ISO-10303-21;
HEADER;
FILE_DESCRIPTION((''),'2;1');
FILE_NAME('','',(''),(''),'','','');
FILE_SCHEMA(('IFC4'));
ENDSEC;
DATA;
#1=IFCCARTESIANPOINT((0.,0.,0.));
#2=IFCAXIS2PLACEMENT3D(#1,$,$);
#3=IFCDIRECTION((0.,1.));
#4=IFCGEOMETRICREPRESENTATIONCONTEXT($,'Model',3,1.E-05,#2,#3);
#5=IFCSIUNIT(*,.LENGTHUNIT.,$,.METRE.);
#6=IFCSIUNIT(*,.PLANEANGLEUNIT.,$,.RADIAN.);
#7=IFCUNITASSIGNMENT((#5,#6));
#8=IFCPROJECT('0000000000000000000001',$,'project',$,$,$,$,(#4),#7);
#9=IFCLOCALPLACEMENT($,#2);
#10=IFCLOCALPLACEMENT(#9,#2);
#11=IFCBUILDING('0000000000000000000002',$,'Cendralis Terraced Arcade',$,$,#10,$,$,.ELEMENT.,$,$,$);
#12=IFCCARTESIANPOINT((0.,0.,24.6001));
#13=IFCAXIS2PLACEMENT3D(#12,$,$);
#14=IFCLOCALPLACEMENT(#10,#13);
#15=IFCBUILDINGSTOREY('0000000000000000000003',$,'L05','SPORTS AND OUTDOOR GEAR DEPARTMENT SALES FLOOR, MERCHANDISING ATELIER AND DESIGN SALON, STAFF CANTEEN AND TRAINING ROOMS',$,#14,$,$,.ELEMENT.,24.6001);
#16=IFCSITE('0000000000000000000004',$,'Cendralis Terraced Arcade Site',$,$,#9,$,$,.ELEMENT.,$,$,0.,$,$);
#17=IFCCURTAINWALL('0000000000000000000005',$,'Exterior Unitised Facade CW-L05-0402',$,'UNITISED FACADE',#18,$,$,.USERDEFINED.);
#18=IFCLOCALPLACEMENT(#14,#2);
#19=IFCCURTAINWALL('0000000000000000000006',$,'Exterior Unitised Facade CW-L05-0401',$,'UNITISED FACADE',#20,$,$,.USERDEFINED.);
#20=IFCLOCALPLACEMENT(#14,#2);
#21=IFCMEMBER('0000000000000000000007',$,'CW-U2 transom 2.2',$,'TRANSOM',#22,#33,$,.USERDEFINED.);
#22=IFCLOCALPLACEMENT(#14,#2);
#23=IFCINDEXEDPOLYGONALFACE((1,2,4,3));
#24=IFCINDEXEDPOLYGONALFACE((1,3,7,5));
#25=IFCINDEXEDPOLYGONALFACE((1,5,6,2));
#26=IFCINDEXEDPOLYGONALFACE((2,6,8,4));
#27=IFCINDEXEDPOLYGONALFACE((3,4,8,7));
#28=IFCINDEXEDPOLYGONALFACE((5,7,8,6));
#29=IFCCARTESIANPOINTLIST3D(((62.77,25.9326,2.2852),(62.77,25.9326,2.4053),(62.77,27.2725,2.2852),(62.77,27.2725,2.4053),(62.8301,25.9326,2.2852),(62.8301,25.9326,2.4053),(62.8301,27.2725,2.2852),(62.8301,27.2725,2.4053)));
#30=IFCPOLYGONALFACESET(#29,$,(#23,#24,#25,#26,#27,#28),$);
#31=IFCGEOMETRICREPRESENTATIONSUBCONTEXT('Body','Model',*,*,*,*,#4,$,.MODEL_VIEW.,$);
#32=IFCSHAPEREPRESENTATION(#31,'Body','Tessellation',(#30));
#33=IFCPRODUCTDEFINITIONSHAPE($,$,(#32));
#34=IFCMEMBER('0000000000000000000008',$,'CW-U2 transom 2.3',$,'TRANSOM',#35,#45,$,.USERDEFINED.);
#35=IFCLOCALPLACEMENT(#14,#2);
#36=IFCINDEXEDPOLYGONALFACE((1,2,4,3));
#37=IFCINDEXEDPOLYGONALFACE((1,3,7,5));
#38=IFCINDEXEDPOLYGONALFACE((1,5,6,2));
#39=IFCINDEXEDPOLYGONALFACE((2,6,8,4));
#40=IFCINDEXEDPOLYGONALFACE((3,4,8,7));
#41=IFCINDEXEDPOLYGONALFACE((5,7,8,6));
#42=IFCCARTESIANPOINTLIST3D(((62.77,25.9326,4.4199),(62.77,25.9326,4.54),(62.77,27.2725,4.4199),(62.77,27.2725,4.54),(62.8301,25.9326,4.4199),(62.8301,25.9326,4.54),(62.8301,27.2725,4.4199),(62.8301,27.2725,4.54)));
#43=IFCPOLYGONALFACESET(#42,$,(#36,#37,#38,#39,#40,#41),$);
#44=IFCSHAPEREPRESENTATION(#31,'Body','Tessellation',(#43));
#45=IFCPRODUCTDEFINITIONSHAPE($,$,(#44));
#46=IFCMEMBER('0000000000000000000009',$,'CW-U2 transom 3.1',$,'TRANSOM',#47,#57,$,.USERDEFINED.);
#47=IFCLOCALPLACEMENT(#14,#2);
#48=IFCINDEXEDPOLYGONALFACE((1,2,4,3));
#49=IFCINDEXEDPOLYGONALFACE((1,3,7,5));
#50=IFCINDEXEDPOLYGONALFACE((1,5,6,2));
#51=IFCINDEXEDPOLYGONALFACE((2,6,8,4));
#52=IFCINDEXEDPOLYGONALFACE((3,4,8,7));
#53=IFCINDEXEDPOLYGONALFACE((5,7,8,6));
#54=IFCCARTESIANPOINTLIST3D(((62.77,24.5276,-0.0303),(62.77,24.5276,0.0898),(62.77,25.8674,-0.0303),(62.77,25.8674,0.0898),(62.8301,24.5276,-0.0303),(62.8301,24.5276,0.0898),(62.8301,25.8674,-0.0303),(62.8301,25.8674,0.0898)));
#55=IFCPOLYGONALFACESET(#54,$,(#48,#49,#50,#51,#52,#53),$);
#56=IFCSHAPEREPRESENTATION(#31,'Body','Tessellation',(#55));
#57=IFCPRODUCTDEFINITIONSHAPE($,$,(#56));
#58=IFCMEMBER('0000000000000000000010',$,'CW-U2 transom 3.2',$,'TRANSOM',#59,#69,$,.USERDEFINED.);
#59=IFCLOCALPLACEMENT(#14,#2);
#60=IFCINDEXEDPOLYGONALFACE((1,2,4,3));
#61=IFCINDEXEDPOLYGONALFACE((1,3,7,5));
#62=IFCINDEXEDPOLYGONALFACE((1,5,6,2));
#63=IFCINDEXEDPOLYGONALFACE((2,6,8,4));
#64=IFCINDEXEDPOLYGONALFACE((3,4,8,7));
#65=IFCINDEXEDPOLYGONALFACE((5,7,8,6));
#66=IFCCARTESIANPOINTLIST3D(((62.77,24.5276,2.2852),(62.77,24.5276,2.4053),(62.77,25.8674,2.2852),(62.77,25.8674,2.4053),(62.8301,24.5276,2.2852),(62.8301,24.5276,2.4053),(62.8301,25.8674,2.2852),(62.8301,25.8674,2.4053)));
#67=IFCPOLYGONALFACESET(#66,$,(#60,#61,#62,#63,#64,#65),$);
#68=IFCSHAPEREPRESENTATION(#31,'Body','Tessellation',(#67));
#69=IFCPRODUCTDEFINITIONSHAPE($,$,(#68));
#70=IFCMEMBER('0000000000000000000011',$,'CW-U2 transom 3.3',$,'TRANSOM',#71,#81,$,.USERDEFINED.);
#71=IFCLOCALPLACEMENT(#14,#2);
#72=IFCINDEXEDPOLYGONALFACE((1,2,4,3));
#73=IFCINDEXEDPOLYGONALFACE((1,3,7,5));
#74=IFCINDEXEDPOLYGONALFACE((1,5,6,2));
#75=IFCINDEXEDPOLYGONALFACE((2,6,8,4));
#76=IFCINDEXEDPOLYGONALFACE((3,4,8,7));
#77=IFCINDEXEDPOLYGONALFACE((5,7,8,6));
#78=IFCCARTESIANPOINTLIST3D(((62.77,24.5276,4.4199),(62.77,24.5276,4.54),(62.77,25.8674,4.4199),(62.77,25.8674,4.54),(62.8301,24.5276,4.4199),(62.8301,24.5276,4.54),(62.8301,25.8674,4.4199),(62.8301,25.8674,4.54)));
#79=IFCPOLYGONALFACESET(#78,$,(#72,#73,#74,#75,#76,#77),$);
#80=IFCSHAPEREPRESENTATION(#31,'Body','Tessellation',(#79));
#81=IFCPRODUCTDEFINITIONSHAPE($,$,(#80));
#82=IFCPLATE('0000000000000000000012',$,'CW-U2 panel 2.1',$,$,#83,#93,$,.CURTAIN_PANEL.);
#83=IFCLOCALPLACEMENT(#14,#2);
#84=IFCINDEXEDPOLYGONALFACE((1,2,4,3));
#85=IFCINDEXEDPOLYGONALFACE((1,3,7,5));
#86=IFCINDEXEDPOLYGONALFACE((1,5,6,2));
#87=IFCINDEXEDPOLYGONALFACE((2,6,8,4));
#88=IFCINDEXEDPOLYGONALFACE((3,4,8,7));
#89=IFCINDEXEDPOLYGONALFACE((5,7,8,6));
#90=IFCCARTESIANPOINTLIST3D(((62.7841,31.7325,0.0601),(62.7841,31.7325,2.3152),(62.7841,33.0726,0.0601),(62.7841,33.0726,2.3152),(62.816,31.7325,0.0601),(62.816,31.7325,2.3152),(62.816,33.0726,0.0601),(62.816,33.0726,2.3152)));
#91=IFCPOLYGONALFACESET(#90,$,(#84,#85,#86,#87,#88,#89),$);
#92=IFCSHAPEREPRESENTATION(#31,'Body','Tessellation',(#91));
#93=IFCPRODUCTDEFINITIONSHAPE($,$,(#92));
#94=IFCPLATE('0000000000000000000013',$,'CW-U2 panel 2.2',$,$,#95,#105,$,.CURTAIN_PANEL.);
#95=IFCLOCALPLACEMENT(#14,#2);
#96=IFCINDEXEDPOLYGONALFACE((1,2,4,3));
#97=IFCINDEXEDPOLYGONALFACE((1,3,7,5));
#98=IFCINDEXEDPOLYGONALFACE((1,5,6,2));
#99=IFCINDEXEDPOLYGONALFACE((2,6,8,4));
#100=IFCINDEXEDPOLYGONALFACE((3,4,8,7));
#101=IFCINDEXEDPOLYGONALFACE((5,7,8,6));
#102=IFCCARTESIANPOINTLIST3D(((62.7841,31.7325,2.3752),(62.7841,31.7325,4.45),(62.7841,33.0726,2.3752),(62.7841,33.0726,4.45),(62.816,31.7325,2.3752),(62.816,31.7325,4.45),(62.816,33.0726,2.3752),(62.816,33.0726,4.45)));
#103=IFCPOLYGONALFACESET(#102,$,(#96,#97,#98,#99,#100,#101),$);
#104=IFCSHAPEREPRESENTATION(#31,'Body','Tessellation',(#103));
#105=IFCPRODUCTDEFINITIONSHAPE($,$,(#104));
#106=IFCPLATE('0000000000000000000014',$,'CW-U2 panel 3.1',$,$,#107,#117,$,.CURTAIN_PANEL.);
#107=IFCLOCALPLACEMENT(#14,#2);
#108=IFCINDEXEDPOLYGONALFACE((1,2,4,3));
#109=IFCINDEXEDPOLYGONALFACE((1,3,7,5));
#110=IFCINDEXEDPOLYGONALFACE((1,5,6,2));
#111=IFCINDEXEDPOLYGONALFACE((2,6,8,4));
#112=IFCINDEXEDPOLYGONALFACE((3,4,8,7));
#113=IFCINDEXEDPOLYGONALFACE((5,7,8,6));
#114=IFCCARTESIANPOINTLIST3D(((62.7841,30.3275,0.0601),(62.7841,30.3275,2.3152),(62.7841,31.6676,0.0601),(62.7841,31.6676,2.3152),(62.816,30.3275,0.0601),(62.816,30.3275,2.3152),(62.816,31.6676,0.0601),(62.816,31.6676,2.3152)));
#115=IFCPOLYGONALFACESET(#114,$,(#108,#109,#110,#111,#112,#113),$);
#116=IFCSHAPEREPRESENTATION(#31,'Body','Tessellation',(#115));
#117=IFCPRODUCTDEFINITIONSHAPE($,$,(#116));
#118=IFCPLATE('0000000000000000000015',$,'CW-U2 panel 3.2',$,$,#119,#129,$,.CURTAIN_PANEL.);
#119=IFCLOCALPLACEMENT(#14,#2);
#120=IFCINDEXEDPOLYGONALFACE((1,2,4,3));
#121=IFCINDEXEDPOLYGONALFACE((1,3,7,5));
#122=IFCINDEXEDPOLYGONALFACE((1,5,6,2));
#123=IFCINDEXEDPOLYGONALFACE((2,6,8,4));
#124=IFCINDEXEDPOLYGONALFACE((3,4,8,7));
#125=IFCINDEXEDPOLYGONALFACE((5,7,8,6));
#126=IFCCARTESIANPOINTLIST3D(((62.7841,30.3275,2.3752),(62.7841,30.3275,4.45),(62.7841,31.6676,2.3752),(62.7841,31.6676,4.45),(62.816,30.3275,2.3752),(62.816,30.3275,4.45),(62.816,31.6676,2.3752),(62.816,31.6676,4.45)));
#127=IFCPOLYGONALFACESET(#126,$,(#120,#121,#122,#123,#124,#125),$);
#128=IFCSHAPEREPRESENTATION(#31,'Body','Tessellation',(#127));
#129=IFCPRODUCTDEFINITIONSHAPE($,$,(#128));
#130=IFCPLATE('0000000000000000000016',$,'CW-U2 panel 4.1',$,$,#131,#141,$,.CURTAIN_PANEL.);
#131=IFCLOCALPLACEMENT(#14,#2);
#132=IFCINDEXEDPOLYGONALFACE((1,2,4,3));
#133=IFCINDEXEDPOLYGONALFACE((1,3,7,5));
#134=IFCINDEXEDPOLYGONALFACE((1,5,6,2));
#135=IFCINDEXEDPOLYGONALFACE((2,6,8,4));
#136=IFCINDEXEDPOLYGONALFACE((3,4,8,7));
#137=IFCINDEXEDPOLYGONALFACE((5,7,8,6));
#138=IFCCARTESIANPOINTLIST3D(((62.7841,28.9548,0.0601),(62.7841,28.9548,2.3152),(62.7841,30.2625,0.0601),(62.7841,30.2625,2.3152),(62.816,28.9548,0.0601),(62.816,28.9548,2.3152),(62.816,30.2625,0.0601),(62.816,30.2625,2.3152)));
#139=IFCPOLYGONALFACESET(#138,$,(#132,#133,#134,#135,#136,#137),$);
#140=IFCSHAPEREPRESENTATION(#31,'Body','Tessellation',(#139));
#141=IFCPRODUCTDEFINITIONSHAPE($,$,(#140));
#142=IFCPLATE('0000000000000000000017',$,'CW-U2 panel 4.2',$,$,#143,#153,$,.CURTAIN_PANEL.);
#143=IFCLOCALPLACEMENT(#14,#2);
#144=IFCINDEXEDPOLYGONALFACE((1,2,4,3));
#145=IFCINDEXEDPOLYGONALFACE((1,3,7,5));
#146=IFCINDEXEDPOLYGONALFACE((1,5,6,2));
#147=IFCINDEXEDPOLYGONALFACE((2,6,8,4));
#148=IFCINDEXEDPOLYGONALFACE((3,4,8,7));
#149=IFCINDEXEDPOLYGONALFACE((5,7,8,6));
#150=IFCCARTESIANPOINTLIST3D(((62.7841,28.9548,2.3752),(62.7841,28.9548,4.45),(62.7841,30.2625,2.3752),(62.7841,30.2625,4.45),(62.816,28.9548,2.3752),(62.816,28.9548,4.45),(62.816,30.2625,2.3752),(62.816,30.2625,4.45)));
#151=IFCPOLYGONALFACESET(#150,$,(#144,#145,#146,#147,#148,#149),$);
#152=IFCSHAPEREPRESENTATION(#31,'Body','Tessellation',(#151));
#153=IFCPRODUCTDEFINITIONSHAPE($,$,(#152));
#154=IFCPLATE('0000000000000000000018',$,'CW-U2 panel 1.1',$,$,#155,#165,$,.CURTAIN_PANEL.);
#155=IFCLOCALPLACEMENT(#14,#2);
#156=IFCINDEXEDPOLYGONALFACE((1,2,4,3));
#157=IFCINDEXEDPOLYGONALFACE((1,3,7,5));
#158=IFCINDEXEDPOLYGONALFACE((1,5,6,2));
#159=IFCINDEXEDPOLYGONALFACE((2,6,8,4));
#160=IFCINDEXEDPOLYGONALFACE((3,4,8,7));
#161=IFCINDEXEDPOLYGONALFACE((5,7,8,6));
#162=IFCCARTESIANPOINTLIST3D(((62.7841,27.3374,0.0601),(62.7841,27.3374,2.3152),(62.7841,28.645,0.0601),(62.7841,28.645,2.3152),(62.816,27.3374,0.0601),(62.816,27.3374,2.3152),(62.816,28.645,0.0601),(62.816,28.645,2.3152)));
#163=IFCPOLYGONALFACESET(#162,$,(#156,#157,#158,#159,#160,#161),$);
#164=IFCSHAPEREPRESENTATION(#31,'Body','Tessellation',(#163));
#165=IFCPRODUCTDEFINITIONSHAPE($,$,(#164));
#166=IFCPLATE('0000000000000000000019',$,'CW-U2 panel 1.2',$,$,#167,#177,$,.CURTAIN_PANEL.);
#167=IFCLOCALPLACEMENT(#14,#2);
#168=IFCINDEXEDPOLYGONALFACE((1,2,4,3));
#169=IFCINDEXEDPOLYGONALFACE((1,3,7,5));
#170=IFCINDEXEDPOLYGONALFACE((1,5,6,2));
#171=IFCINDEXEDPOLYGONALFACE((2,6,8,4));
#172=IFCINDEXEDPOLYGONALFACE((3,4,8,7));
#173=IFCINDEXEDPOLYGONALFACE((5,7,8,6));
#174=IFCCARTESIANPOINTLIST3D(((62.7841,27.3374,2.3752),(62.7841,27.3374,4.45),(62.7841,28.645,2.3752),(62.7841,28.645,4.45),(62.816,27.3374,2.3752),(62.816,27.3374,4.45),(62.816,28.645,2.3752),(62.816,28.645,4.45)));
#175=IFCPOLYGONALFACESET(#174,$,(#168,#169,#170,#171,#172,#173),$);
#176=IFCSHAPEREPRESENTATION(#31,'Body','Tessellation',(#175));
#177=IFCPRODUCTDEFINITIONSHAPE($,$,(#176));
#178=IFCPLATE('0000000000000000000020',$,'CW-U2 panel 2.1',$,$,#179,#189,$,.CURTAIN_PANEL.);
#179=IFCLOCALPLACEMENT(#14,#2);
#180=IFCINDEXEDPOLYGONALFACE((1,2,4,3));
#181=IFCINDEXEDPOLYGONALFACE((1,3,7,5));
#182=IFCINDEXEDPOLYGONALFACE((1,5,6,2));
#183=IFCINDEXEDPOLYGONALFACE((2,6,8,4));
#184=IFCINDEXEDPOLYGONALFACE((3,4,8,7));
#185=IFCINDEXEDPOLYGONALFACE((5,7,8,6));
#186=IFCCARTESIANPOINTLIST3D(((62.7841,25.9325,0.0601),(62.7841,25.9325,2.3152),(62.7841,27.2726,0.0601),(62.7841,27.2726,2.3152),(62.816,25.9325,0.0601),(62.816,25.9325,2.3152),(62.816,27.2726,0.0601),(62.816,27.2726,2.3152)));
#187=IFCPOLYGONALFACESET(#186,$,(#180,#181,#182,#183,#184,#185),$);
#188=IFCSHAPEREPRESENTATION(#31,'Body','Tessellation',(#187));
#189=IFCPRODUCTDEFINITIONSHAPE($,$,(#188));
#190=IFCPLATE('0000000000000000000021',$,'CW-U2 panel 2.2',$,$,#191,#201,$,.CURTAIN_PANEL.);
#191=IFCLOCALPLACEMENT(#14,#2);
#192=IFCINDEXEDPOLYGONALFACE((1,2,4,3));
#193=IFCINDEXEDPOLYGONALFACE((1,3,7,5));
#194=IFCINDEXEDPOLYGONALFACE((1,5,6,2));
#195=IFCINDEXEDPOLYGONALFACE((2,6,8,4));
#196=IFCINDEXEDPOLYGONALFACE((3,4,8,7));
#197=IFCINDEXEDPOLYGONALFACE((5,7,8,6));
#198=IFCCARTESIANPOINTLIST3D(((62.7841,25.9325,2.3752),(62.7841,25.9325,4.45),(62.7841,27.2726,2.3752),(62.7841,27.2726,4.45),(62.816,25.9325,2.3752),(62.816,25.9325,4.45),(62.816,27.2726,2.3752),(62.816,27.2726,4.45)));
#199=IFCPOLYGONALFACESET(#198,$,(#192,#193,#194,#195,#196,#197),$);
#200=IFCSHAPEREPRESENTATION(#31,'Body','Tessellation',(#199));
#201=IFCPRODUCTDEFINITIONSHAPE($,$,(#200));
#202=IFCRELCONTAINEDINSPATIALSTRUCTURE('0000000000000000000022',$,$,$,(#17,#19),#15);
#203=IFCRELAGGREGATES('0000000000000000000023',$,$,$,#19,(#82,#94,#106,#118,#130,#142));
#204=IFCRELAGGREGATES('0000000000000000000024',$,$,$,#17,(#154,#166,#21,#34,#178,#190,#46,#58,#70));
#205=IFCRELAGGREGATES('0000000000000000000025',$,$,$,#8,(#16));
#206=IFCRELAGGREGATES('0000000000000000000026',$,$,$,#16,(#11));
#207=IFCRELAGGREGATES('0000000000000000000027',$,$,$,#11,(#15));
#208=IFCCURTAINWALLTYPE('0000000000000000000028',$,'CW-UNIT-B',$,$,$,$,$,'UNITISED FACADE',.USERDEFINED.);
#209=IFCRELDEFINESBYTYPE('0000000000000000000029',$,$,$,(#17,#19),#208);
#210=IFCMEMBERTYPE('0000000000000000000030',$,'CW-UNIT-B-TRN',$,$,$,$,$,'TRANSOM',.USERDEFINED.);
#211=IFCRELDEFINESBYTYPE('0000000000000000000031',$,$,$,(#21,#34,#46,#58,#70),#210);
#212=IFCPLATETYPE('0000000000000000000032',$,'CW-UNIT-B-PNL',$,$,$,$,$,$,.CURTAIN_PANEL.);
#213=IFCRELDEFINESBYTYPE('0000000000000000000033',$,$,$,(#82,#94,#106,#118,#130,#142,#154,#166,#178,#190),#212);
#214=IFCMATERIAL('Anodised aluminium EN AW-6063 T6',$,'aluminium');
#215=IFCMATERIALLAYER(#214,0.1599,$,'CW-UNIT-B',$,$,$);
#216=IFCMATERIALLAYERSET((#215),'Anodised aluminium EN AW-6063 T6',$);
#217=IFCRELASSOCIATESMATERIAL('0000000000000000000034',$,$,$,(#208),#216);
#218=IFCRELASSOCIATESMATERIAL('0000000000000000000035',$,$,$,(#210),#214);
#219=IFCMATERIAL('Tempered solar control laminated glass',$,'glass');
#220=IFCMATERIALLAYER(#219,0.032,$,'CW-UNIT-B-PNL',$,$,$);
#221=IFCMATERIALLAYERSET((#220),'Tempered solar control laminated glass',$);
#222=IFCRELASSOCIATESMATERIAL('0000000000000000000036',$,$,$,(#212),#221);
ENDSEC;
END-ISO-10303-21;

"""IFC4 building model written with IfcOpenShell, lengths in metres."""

from ifc_helpers import new_model, si_unit, direction, frame, origin, origin_2d, place, context, subcontext, project, spatial, rectangle, extrude, material, layer, layer_set, material_profile, profile_set, type_object, element, aggregate, save


model = new_model("IFC4")

# Units and contexts
model_context = context("Model", 3, precision=1e-05, world=origin(), true_north=direction((0.0, 1.0)))
body_context = subcontext(model_context, "Body", "Model", "MODEL_VIEW")
ifc_project = project(units=[si_unit("LENGTHUNIT", "METRE"), si_unit("PLANEANGLEUNIT", "RADIAN")], contexts=[model_context])

# Site, building, storey
site_placement = place(None, origin())
site = spatial("IfcSite", under=ifc_project, at=site_placement, Name="Cendralis Terraced Arcade Site", CompositionType="ELEMENT", RefElevation=0.0)
building_placement = place(site_placement, origin())
building = spatial("IfcBuilding", under=site, at=building_placement, Name="Cendralis Terraced Arcade", CompositionType="ELEMENT")
storey_placement = place(building_placement, frame((0.0, 0.0, 24.6001)))
storey = spatial("IfcBuildingStorey", under=building, at=storey_placement, Name="L05", Description="SPORTS AND OUTDOOR GEAR DEPARTMENT SALES FLOOR, MERCHANDISING ATELIER AND DESIGN SALON, STAFF CANTEEN AND TRAINING ROOMS", CompositionType="ELEMENT", Elevation=24.6001)

# Curtain walls
ifc_material_1 = material(Name="Anodised aluminium EN AW-6063 T6", Category="aluminium")
ifc_layer_1 = layer(ifc_material_1, 0.1599, Name="CW-UNIT-B")
ifc_layer_set_1 = layer_set([ifc_layer_1], Name="Anodised aluminium EN AW-6063 T6")
curtain_wall_type = type_object("IfcCurtainWallType", Name="CW-UNIT-B", ElementType="UNITISED FACADE", PredefinedType="USERDEFINED", material=ifc_layer_set_1)
curtain_wall_1_placement = place(storey_placement, origin())
curtain_wall_1 = element("IfcCurtainWall", 1, at=curtain_wall_1_placement, inside=storey, type_object=curtain_wall_type, Name="Exterior Unitised Facade CW-L05-0402", ObjectType="UNITISED FACADE", PredefinedType="USERDEFINED")
curtain_wall_2_placement = place(storey_placement, origin())
curtain_wall_2 = element("IfcCurtainWall", 2, at=curtain_wall_2_placement, inside=storey, type_object=curtain_wall_type, Name="Exterior Unitised Facade CW-L05-0401", ObjectType="UNITISED FACADE", PredefinedType="USERDEFINED")
ifc_material_profile_1 = material_profile(ifc_material_1, rectangle(XDim=0.0601, YDim=0.1201, at=origin_2d()), Name="ALU-TRN-60x120")
ifc_profile_set_1 = profile_set([ifc_material_profile_1], Name="Anodised aluminium EN AW-6063 T6")
member_type_1 = type_object("IfcMemberType", Name="CW-UNIT-B-TRN", ElementType="TRANSOM", PredefinedType="USERDEFINED", material=ifc_profile_set_1)

# Members
member_1_placement = place(storey_placement, frame((62.8, 27.2725, 2.3452), z_axis=(0.0, -1.0, 0.0), x_axis=(1.0, 0.0, 0.0)))
member_1 = element("IfcMember", 3, at=member_1_placement, type_object=member_type_1, Name="CW-U2 transom 2.2", ObjectType="TRANSOM", PredefinedType="USERDEFINED", context=body_context, shape_type="SweptSolid", body=[
    extrude(rectangle(XDim=0.0601, YDim=0.1201, at=origin_2d()), origin(), (0.0, 0.0, 1.0), 1.3398),
])
member_2_placement = place(storey_placement, frame((62.8, 27.2725, 4.48), z_axis=(0.0, -1.0, 0.0), x_axis=(1.0, 0.0, 0.0)))
member_2 = element("IfcMember", 4, at=member_2_placement, type_object=member_type_1, Name="CW-U2 transom 2.3", ObjectType="TRANSOM", PredefinedType="USERDEFINED", context=body_context, shape_type="SweptSolid", body=[
    extrude(rectangle(XDim=0.0601, YDim=0.1201, at=origin_2d()), origin(), (0.0, 0.0, 1.0), 1.3398),
])
member_3_placement = place(storey_placement, frame((62.8, 25.8674, 0.0298), z_axis=(0.0, -1.0, 0.0), x_axis=(1.0, 0.0, 0.0)))
member_3 = element("IfcMember", 5, at=member_3_placement, type_object=member_type_1, Name="CW-U2 transom 3.1", ObjectType="TRANSOM", PredefinedType="USERDEFINED", context=body_context, shape_type="SweptSolid", body=[
    extrude(rectangle(XDim=0.0601, YDim=0.1201, at=origin_2d()), origin(), (0.0, 0.0, 1.0), 1.3398),
])
member_4_placement = place(storey_placement, frame((62.8, 25.8674, 2.3452), z_axis=(0.0, -1.0, 0.0), x_axis=(1.0, 0.0, 0.0)))
member_4 = element("IfcMember", 6, at=member_4_placement, type_object=member_type_1, Name="CW-U2 transom 3.2", ObjectType="TRANSOM", PredefinedType="USERDEFINED", context=body_context, shape_type="SweptSolid", body=[
    extrude(rectangle(XDim=0.0601, YDim=0.1201, at=origin_2d()), origin(), (0.0, 0.0, 1.0), 1.3398),
])
member_5_placement = place(storey_placement, frame((62.8, 25.8674, 4.48), z_axis=(0.0, -1.0, 0.0), x_axis=(1.0, 0.0, 0.0)))
member_5 = element("IfcMember", 7, at=member_5_placement, type_object=member_type_1, Name="CW-U2 transom 3.3", ObjectType="TRANSOM", PredefinedType="USERDEFINED", context=body_context, shape_type="SweptSolid", body=[
    extrude(rectangle(XDim=0.0601, YDim=0.1201, at=origin_2d()), origin(), (0.0, 0.0, 1.0), 1.3398),
])

# Plates
ifc_material_2 = material(Name="Tempered solar control laminated glass", Category="glass")
ifc_layer_2 = layer(ifc_material_2, 0.032, Name="CW-UNIT-B-PNL")
ifc_layer_set_2 = layer_set([ifc_layer_2], Name="Tempered solar control laminated glass")
plate_type = type_object("IfcPlateType", Name="CW-UNIT-B-PNL", PredefinedType="CURTAIN_PANEL", material=ifc_layer_set_2)
plate_1_placement = place(storey_placement, frame((62.8, 32.4026, 0.0601), z_axis=(0.0, 0.0, 1.0), x_axis=(0.0, -1.0, 0.0)))
plate_1 = element("IfcPlate", 8, at=plate_1_placement, type_object=plate_type, Name="CW-U2 panel 2.1", PredefinedType="CURTAIN_PANEL", context=body_context, shape_type="SweptSolid", body=[
    extrude(rectangle(XDim=1.3401, YDim=0.032, at=origin_2d()), origin(), (0.0, 0.0, 1.0), 2.2551),
])
plate_2_placement = place(storey_placement, frame((62.8, 32.4026, 2.3752), z_axis=(0.0, 0.0, 1.0), x_axis=(0.0, -1.0, 0.0)))
plate_2 = element("IfcPlate", 9, at=plate_2_placement, type_object=plate_type, Name="CW-U2 panel 2.2", PredefinedType="CURTAIN_PANEL", context=body_context, shape_type="SweptSolid", body=[
    extrude(rectangle(XDim=1.3401, YDim=0.032, at=origin_2d()), origin(), (0.0, 0.0, 1.0), 2.0747),
])
plate_3_placement = place(storey_placement, frame((62.8, 30.9976, 0.0601), z_axis=(0.0, 0.0, 1.0), x_axis=(0.0, -1.0, 0.0)))
plate_3 = element("IfcPlate", 10, at=plate_3_placement, type_object=plate_type, Name="CW-U2 panel 3.1", PredefinedType="CURTAIN_PANEL", context=body_context, shape_type="SweptSolid", body=[
    extrude(rectangle(XDim=1.3401, YDim=0.032, at=origin_2d()), origin(), (0.0, 0.0, 1.0), 2.2551),
])
plate_4_placement = place(storey_placement, frame((62.8, 30.9976, 2.3752), z_axis=(0.0, 0.0, 1.0), x_axis=(0.0, -1.0, 0.0)))
plate_4 = element("IfcPlate", 11, at=plate_4_placement, type_object=plate_type, Name="CW-U2 panel 3.2", PredefinedType="CURTAIN_PANEL", context=body_context, shape_type="SweptSolid", body=[
    extrude(rectangle(XDim=1.3401, YDim=0.032, at=origin_2d()), origin(), (0.0, 0.0, 1.0), 2.0747),
])
plate_5_placement = place(storey_placement, frame((62.8, 29.6086, 0.0601), z_axis=(0.0, 0.0, 1.0), x_axis=(0.0, -1.0, 0.0)))
plate_5 = element("IfcPlate", 12, at=plate_5_placement, type_object=plate_type, Name="CW-U2 panel 4.1", PredefinedType="CURTAIN_PANEL", context=body_context, shape_type="SweptSolid", body=[
    extrude(rectangle(XDim=1.3076, YDim=0.032, at=origin_2d()), origin(), (0.0, 0.0, 1.0), 2.2551),
])
plate_6_placement = place(storey_placement, frame((62.8, 29.6086, 2.3752), z_axis=(0.0, 0.0, 1.0), x_axis=(0.0, -1.0, 0.0)))
plate_6 = element("IfcPlate", 13, at=plate_6_placement, type_object=plate_type, Name="CW-U2 panel 4.2", PredefinedType="CURTAIN_PANEL", context=body_context, shape_type="SweptSolid", body=[
    extrude(rectangle(XDim=1.3076, YDim=0.032, at=origin_2d()), origin(), (0.0, 0.0, 1.0), 2.0747),
])
aggregate(curtain_wall_2, [plate_1, plate_2, plate_3, plate_4, plate_5, plate_6])
plate_7_placement = place(storey_placement, frame((62.8, 27.9912, 0.0601), z_axis=(0.0, 0.0, 1.0), x_axis=(0.0, -1.0, 0.0)))
plate_7 = element("IfcPlate", 14, at=plate_7_placement, type_object=plate_type, Name="CW-U2 panel 1.1", PredefinedType="CURTAIN_PANEL", context=body_context, shape_type="SweptSolid", body=[
    extrude(rectangle(XDim=1.3076, YDim=0.032, at=origin_2d()), origin(), (0.0, 0.0, 1.0), 2.2551),
])
plate_8_placement = place(storey_placement, frame((62.8, 27.9912, 2.3752), z_axis=(0.0, 0.0, 1.0), x_axis=(0.0, -1.0, 0.0)))
plate_8 = element("IfcPlate", 15, at=plate_8_placement, type_object=plate_type, Name="CW-U2 panel 1.2", PredefinedType="CURTAIN_PANEL", context=body_context, shape_type="SweptSolid", body=[
    extrude(rectangle(XDim=1.3076, YDim=0.032, at=origin_2d()), origin(), (0.0, 0.0, 1.0), 2.0747),
])
plate_9_placement = place(storey_placement, frame((62.8, 26.6025, 0.0601), z_axis=(0.0, 0.0, 1.0), x_axis=(0.0, -1.0, 0.0)))
plate_9 = element("IfcPlate", 16, at=plate_9_placement, type_object=plate_type, Name="CW-U2 panel 2.1", PredefinedType="CURTAIN_PANEL", context=body_context, shape_type="SweptSolid", body=[
    extrude(rectangle(XDim=1.3401, YDim=0.032, at=origin_2d()), origin(), (0.0, 0.0, 1.0), 2.2551),
])
plate_10_placement = place(storey_placement, frame((62.8, 26.6025, 2.3752), z_axis=(0.0, 0.0, 1.0), x_axis=(0.0, -1.0, 0.0)))
plate_10 = element("IfcPlate", 17, at=plate_10_placement, type_object=plate_type, Name="CW-U2 panel 2.2", PredefinedType="CURTAIN_PANEL", context=body_context, shape_type="SweptSolid", body=[
    extrude(rectangle(XDim=1.3401, YDim=0.032, at=origin_2d()), origin(), (0.0, 0.0, 1.0), 2.0747),
])
aggregate(curtain_wall_1, [plate_7, plate_8, member_1, member_2, plate_9, plate_10, member_3, member_4, member_5])

save(model, "model.ifc")
